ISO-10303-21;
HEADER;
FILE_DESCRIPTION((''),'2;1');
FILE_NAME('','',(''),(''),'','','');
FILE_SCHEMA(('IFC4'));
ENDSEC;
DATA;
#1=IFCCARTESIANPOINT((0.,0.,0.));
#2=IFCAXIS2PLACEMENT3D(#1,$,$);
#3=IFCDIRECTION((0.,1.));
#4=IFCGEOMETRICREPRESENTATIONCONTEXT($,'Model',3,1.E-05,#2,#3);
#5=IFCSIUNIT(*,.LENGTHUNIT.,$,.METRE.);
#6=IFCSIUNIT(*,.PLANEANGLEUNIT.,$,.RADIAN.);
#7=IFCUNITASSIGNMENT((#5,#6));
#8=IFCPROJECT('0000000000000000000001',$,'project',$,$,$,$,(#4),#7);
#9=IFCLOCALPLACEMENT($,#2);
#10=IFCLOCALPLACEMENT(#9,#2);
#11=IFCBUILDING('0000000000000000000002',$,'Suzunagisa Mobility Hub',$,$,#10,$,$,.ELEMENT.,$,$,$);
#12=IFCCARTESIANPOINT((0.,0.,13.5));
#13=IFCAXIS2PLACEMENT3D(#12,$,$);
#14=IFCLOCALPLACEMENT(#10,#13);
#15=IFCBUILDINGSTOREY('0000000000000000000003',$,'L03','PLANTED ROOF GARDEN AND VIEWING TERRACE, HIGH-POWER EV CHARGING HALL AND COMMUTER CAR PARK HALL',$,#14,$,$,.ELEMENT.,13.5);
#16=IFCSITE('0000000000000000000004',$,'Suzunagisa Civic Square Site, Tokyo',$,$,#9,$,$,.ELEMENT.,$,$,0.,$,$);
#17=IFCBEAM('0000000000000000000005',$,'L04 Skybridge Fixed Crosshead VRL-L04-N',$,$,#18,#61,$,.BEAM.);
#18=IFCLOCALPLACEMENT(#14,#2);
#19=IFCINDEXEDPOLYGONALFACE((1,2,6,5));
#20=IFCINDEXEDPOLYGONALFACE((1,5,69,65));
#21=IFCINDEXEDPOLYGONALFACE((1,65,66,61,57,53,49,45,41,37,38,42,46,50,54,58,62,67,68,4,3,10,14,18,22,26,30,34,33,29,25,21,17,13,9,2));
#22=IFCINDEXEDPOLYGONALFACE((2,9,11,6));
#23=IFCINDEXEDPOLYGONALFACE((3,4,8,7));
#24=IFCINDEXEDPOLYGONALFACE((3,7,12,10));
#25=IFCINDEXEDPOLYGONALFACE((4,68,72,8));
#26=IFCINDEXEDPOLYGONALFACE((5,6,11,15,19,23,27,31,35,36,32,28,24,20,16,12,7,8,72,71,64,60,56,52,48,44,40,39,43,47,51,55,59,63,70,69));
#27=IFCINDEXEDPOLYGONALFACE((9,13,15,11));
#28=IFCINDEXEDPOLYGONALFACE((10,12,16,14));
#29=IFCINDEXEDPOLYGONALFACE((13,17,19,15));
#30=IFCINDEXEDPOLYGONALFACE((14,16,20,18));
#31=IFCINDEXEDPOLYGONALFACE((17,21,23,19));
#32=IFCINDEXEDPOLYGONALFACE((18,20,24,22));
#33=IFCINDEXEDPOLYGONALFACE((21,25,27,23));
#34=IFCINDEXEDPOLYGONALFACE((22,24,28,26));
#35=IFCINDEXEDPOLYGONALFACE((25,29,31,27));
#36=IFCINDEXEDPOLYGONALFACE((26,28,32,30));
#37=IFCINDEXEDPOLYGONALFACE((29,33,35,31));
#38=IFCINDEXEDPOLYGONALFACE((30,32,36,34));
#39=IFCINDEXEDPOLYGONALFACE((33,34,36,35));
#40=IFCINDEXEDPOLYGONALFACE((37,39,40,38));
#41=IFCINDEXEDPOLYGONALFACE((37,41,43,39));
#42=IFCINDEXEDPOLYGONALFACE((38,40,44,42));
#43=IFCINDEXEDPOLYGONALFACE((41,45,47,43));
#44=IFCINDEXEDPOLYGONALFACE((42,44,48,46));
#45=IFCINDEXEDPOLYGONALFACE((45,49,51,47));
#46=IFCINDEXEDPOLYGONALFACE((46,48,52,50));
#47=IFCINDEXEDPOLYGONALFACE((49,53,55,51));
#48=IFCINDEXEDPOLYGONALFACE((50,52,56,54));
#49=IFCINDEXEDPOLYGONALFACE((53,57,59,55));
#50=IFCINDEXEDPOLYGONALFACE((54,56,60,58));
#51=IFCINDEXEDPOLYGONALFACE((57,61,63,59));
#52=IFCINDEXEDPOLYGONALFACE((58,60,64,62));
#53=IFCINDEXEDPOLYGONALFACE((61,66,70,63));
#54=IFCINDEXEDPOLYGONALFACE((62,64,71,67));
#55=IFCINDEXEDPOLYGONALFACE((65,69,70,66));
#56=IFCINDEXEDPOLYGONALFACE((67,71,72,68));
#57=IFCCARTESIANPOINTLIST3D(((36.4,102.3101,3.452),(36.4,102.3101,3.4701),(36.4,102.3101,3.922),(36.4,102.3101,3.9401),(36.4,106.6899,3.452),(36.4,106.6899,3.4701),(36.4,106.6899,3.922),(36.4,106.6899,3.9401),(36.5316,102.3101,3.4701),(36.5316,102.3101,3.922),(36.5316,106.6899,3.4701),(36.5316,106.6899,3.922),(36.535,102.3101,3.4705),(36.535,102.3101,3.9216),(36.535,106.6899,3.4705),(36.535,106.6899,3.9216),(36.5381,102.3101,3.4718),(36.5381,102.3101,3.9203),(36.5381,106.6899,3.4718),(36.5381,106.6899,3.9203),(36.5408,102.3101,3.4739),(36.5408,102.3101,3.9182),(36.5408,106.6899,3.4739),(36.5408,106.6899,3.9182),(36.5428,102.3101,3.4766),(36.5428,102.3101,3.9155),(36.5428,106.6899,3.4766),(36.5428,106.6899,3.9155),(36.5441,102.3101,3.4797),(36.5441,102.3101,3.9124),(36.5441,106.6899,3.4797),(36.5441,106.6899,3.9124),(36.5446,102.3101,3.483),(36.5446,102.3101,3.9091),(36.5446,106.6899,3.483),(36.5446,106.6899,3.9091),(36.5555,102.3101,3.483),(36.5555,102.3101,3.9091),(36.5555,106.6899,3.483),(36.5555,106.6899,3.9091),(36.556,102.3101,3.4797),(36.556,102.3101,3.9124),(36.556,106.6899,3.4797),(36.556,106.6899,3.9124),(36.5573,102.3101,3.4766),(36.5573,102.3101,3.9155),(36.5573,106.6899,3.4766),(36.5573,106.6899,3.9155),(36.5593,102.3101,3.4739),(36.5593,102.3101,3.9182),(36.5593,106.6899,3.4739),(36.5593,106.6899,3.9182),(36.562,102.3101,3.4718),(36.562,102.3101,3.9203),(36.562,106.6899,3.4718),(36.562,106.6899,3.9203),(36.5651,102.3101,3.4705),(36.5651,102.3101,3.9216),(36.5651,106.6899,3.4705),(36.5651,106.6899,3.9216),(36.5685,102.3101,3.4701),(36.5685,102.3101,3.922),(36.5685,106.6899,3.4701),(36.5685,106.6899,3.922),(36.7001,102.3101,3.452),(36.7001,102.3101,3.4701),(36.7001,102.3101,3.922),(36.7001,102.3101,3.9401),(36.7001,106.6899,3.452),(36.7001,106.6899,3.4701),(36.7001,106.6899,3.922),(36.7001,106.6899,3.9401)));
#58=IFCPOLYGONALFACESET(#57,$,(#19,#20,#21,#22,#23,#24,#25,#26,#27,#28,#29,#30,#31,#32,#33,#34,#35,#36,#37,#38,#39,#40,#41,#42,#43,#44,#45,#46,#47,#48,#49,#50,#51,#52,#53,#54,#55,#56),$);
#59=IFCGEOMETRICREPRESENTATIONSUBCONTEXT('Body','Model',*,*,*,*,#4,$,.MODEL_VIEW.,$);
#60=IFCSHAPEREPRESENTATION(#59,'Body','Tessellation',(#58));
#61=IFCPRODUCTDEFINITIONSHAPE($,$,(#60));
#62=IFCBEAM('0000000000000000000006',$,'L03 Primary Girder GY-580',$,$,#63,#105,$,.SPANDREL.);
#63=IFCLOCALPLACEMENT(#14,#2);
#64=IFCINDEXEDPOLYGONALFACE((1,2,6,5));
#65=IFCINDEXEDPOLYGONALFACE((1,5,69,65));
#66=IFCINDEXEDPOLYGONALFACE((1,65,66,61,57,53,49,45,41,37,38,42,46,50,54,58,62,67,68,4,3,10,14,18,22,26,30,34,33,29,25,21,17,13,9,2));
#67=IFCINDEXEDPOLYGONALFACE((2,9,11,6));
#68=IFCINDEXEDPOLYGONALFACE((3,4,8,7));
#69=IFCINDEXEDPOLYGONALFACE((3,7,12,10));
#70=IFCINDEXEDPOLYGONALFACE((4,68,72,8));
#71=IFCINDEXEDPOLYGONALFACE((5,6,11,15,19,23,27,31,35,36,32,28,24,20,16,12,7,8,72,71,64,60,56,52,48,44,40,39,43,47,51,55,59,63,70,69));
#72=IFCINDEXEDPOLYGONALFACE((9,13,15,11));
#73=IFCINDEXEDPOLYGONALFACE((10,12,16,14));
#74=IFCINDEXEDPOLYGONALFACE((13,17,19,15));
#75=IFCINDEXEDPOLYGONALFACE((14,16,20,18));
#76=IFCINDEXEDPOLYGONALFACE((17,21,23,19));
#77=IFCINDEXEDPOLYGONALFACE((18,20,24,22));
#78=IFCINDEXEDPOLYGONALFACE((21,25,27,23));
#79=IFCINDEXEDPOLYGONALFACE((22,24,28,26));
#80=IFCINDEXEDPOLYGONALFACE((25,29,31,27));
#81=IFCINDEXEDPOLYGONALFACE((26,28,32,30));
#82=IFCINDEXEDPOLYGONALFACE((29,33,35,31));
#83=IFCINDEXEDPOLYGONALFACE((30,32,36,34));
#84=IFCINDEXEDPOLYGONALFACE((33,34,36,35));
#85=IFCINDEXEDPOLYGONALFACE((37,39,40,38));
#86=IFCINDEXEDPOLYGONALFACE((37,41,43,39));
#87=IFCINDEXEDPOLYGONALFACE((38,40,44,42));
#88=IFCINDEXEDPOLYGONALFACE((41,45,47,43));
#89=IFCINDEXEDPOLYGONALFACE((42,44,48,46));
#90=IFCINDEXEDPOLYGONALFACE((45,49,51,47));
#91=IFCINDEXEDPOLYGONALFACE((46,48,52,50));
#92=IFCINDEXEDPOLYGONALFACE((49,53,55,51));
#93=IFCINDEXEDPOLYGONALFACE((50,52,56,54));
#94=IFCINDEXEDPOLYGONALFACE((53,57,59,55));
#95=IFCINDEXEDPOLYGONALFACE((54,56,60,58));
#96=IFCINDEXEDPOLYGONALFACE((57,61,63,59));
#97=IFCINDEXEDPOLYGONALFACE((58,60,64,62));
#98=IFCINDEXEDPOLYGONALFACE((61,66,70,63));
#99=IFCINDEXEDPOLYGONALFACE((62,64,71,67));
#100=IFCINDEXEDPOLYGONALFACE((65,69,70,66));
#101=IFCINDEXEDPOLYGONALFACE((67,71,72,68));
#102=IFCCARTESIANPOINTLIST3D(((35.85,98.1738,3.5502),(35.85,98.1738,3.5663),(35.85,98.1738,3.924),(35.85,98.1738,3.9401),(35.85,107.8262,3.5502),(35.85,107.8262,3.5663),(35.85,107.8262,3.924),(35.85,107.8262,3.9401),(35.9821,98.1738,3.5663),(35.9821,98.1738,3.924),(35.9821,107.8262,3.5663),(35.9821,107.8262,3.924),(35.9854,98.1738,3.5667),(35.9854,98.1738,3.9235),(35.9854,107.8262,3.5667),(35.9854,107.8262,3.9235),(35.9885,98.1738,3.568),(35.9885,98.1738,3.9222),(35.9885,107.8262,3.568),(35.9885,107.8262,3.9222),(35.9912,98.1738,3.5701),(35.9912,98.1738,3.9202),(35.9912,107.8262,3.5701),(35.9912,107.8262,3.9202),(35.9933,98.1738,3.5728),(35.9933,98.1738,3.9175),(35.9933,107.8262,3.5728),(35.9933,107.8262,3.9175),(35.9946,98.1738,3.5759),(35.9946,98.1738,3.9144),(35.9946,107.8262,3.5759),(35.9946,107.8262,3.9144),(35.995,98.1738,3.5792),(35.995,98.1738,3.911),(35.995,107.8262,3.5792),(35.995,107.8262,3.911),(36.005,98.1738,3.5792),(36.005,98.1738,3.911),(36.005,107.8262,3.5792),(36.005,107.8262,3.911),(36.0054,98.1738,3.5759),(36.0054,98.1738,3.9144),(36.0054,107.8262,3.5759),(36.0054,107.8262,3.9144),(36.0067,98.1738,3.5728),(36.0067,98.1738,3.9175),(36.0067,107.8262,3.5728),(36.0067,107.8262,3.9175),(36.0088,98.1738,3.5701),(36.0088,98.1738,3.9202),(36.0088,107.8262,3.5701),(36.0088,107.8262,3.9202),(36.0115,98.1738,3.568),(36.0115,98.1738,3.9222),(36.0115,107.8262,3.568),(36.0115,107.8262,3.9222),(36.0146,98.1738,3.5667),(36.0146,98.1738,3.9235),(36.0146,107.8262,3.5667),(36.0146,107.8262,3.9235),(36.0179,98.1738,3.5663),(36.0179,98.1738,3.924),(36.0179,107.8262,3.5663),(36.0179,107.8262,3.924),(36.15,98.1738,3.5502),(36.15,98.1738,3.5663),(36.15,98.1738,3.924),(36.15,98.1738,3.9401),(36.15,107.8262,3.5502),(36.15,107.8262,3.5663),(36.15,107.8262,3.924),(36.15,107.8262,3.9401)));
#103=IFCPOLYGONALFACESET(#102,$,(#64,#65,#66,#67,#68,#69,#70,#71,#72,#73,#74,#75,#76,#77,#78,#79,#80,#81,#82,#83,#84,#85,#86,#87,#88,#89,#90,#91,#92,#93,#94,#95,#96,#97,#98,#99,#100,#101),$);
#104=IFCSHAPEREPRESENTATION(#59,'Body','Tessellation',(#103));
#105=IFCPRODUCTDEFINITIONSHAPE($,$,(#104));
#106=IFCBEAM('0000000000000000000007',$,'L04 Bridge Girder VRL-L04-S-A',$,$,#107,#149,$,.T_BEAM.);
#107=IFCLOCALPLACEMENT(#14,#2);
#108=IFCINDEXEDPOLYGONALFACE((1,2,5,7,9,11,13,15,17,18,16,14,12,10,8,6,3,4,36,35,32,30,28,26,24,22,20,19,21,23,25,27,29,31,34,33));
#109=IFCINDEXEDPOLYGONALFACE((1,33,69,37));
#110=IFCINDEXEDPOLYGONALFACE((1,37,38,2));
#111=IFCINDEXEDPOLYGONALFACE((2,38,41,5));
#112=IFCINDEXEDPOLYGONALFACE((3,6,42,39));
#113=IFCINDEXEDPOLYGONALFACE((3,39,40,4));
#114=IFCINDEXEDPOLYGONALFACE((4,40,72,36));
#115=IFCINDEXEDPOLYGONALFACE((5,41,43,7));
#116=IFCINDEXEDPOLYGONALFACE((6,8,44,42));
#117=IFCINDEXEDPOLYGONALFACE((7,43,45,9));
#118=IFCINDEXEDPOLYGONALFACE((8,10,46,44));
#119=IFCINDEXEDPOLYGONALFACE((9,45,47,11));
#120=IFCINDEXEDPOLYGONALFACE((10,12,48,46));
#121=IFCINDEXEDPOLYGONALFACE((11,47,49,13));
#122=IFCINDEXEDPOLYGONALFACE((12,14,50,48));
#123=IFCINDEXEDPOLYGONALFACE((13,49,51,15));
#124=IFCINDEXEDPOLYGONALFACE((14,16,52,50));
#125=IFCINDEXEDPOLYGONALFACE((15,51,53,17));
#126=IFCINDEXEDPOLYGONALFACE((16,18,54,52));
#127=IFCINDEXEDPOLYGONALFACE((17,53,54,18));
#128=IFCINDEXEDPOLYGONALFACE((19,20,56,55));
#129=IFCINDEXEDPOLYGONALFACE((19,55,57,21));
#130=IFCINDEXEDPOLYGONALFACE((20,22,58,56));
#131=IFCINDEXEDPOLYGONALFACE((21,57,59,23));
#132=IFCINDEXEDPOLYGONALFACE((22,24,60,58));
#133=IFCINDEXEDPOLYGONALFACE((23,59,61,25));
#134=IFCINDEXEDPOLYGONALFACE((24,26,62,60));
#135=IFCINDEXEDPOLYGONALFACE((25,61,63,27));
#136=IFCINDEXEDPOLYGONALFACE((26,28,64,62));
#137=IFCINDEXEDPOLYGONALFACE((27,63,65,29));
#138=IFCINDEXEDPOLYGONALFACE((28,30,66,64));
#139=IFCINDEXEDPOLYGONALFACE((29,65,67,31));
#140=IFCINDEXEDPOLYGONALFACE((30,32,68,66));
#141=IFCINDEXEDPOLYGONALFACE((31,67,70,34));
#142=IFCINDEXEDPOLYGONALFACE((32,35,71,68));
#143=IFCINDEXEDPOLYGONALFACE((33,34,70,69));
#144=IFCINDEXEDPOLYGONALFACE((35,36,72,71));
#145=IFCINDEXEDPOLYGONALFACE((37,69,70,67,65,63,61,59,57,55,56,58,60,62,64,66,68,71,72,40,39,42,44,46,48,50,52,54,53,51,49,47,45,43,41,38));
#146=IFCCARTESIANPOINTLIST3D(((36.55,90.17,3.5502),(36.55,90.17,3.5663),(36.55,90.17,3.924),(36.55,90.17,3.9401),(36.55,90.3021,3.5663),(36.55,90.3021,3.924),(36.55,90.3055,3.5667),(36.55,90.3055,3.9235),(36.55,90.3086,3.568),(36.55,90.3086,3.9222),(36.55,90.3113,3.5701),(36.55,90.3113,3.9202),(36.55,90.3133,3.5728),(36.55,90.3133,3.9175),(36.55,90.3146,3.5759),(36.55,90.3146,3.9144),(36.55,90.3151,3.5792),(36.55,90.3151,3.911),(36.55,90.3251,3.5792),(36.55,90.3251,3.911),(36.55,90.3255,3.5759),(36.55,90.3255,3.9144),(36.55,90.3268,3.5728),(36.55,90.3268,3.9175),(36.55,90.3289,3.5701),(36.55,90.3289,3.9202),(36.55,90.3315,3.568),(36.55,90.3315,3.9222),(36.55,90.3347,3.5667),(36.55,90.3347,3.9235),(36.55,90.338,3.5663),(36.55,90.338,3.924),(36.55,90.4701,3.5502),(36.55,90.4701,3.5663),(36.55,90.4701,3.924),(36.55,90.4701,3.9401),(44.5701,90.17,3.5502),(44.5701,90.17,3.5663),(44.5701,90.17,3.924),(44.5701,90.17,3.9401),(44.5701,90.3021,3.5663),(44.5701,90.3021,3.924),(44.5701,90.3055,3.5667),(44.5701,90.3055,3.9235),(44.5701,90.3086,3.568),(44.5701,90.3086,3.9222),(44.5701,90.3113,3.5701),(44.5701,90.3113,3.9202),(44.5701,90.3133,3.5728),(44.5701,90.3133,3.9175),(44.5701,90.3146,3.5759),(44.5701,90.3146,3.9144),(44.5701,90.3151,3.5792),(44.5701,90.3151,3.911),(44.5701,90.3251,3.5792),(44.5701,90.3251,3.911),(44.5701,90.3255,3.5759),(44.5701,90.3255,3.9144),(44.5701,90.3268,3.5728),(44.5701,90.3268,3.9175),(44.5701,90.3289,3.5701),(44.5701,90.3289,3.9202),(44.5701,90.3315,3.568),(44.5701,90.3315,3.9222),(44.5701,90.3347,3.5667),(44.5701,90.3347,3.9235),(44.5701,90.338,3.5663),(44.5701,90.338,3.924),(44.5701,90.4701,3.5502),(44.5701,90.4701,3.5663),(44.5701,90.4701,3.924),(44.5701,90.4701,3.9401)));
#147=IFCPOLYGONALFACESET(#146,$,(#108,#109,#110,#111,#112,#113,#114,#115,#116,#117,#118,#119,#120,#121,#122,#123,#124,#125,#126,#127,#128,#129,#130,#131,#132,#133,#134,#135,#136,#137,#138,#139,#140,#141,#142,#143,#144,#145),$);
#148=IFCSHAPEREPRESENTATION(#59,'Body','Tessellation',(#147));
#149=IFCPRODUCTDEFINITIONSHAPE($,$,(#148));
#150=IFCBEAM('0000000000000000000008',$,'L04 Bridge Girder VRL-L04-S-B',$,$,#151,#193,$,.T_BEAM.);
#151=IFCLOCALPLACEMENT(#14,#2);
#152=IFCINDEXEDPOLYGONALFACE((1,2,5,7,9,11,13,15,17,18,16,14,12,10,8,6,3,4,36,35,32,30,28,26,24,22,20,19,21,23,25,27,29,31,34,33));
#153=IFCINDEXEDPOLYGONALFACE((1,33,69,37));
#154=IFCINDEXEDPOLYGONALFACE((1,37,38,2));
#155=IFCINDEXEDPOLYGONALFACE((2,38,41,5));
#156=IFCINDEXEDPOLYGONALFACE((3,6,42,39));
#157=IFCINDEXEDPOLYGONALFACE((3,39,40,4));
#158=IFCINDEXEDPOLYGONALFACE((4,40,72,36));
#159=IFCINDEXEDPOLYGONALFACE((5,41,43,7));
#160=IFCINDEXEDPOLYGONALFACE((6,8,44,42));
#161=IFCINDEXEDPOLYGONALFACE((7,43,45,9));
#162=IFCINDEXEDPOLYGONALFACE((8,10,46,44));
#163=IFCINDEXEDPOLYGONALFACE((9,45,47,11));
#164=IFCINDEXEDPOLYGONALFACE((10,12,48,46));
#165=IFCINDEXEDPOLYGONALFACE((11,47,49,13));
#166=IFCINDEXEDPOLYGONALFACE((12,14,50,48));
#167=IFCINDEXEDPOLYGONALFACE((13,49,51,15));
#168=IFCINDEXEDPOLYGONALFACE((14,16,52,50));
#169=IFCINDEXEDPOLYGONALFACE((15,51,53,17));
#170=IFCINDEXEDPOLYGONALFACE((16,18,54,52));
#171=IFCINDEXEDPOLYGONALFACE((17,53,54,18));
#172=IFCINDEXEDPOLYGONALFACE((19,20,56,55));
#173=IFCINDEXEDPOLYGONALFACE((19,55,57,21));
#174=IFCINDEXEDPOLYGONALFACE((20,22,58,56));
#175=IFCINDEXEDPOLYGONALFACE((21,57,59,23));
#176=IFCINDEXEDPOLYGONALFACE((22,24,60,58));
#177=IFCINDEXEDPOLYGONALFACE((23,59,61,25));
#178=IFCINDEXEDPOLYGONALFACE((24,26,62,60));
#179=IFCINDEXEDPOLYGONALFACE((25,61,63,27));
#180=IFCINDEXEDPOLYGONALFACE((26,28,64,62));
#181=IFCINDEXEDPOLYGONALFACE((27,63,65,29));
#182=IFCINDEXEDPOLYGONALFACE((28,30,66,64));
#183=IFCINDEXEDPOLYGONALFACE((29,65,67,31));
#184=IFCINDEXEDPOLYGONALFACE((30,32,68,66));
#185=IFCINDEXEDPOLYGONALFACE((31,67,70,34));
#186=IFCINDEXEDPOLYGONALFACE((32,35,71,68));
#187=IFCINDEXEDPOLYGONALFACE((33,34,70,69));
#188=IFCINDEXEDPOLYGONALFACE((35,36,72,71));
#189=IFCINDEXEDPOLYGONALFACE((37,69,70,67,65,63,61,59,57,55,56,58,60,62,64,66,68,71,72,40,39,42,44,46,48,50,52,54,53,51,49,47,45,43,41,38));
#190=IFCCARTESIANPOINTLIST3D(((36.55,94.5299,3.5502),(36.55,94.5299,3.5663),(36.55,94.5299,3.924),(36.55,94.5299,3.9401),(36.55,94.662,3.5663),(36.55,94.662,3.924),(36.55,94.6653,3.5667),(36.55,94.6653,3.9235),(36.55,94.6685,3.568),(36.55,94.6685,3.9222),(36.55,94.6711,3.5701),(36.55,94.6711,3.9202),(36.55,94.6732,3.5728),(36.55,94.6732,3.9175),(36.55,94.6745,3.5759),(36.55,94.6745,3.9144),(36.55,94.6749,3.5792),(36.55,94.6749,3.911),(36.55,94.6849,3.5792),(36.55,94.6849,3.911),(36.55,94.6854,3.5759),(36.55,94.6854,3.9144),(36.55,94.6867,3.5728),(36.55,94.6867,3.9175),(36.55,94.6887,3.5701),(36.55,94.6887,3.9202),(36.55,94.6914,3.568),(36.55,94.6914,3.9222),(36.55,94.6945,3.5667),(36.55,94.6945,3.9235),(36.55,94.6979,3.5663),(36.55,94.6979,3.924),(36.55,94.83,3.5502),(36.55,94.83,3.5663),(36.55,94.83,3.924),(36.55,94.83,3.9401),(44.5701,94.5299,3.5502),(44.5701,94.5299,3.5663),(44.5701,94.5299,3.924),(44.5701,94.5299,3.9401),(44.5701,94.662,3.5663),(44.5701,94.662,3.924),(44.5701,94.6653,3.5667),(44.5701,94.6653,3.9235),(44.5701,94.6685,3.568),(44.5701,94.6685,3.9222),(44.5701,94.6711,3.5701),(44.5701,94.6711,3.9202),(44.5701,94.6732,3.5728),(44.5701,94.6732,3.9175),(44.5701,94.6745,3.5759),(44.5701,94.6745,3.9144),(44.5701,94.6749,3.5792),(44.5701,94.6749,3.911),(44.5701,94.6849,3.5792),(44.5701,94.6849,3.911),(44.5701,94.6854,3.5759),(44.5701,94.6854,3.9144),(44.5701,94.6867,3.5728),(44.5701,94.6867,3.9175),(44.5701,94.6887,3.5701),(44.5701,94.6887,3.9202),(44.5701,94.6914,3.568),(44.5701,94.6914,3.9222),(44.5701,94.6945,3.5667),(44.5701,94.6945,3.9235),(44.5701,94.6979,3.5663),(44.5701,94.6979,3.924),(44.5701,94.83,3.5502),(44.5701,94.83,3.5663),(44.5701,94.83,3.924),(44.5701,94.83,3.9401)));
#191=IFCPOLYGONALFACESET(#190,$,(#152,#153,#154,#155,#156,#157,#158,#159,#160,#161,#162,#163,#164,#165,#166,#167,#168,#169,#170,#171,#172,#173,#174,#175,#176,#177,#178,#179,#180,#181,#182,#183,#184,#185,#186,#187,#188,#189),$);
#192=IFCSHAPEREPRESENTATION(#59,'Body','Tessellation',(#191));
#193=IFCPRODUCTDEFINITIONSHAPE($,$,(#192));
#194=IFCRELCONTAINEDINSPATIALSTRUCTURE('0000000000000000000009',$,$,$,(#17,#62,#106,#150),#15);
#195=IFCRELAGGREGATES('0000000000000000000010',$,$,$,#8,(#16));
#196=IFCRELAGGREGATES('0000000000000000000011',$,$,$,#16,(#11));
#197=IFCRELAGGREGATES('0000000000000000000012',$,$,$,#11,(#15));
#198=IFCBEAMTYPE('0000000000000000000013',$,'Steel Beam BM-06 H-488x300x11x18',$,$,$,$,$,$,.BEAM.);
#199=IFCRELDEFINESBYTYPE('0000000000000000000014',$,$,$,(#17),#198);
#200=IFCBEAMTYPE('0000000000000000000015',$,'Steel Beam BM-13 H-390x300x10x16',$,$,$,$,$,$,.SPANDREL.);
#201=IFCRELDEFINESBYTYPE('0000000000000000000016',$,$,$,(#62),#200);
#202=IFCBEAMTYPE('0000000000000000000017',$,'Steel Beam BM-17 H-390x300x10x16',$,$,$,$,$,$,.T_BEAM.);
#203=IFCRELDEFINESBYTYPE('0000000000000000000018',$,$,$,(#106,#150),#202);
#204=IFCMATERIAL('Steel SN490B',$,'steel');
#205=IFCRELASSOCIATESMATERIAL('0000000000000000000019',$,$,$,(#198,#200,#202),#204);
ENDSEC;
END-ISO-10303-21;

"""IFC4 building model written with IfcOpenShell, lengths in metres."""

from ifc_helpers import new_model, si_unit, direction, frame, origin, origin_2d, place, context, subcontext, project, spatial, i_section, extrude, material, material_profile, profile_set, type_object, element, save


model = new_model("IFC4")

# Units and contexts
model_context = context("Model", 3, precision=1e-05, world=origin(), true_north=direction((0.0, 1.0)))
body_context = subcontext(model_context, "Body", "Model", "MODEL_VIEW")
ifc_project = project(units=[si_unit("LENGTHUNIT", "METRE"), si_unit("PLANEANGLEUNIT", "RADIAN")], contexts=[model_context])

# Site, building, storey
site_placement = place(None, origin())
site = spatial("IfcSite", under=ifc_project, at=site_placement, Name="Suzunagisa Civic Square Site, Tokyo", CompositionType="ELEMENT", RefElevation=0.0)
building_placement = place(site_placement, origin())
building = spatial("IfcBuilding", under=site, at=building_placement, Name="Suzunagisa Mobility Hub", CompositionType="ELEMENT")
storey_placement = place(building_placement, frame((0.0, 0.0, 13.5)))
storey = spatial("IfcBuildingStorey", under=building, at=storey_placement, Name="L03", Description="PLANTED ROOF GARDEN AND VIEWING TERRACE, HIGH-POWER EV CHARGING HALL AND COMMUTER CAR PARK HALL", CompositionType="ELEMENT", Elevation=13.5)

# Shared definitions
ifc_material_1 = material(Name="Steel SN490B", Category="steel")

# Beams
ifc_material_profile_1 = material_profile(ifc_material_1, i_section(OverallWidth=0.3, OverallDepth=0.488, WebThickness=0.011, FlangeThickness=0.0181, FilletRadius=0.0129, at=origin_2d()), Name="H-488x300x11x18")
ifc_profile_set_1 = profile_set([ifc_material_profile_1], Name="Steel SN490B")
beam_type_1 = type_object("IfcBeamType", Name="Steel Beam BM-06 H-488x300x11x18", PredefinedType="BEAM", material=ifc_profile_set_1)
beam_1_placement = place(storey_placement, frame((36.55, 102.3101, 3.696), z_axis=(0.0, 1.0, 0.0), x_axis=(-1.0, 0.0, 0.0)))
element("IfcBeam", 1, at=beam_1_placement, inside=storey, type_object=beam_type_1, Name="L04 Skybridge Fixed Crosshead VRL-L04-N", PredefinedType="BEAM", context=body_context, shape_type="SweptSolid", body=[
    extrude(i_section(OverallWidth=0.3, OverallDepth=0.488, WebThickness=0.011, FlangeThickness=0.0181, FilletRadius=0.0129, at=origin_2d()), origin(), (0.0, 0.0, 1.0), 4.3799),
])
ifc_material_profile_2 = material_profile(ifc_material_1, i_section(OverallWidth=0.3, OverallDepth=0.3899, WebThickness=0.01, FlangeThickness=0.0161, FilletRadius=0.0129, at=origin_2d()), Name="H-390x300x10x16")
ifc_profile_set_2 = profile_set([ifc_material_profile_2], Name="Steel SN490B")
beam_type_2 = type_object("IfcBeamType", Name="Steel Beam BM-13 H-390x300x10x16", PredefinedType="SPANDREL", material=ifc_profile_set_2)
beam_2_placement = place(storey_placement, frame((36.0, 98.1738, 3.7451), z_axis=(0.0, 1.0, 0.0), x_axis=(-1.0, 0.0, 0.0)))
element("IfcBeam", 2, at=beam_2_placement, inside=storey, type_object=beam_type_2, Name="L03 Primary Girder GY-580", PredefinedType="SPANDREL", context=body_context, shape_type="SweptSolid", body=[
    extrude(i_section(OverallWidth=0.3, OverallDepth=0.3899, WebThickness=0.01, FlangeThickness=0.0161, FilletRadius=0.0129, at=origin_2d()), origin(), (0.0, 0.0, 1.0), 9.6523),
])
ifc_material_profile_3 = material_profile(ifc_material_1, i_section(OverallWidth=0.3, OverallDepth=0.3899, WebThickness=0.01, FlangeThickness=0.0161, FilletRadius=0.0129, at=origin_2d()), Name="H-390x300x10x16")
ifc_profile_set_3 = profile_set([ifc_material_profile_3], Name="Steel SN490B")
beam_type_3 = type_object("IfcBeamType", Name="Steel Beam BM-17 H-390x300x10x16", PredefinedType="T_BEAM", material=ifc_profile_set_3)
for number, where, z_axis, x_axis, name in (
    (3, (36.55, 90.3201, 3.7451), (1.0, 0.0, 0.0), (0.0, 1.0, 0.0), "L04 Bridge Girder VRL-L04-S-A"),
    (4, (36.55, 94.6799, 3.7451), (1.0, 0.0, 0.0), (0.0, 1.0, 0.0), "L04 Bridge Girder VRL-L04-S-B"),
):
    element("IfcBeam", number, at=place(storey_placement, frame(where, z_axis=z_axis, x_axis=x_axis)), inside=storey, type_object=beam_type_3, Name=name, PredefinedType="T_BEAM", context=body_context, shape_type="SweptSolid", body=[
        extrude(i_section(OverallWidth=0.3, OverallDepth=0.3899, WebThickness=0.01, FlangeThickness=0.0161, FilletRadius=0.0129, at=origin_2d()), origin(), (0.0, 0.0, 1.0), 8.02),
    ])

save(model, "model.ifc")
